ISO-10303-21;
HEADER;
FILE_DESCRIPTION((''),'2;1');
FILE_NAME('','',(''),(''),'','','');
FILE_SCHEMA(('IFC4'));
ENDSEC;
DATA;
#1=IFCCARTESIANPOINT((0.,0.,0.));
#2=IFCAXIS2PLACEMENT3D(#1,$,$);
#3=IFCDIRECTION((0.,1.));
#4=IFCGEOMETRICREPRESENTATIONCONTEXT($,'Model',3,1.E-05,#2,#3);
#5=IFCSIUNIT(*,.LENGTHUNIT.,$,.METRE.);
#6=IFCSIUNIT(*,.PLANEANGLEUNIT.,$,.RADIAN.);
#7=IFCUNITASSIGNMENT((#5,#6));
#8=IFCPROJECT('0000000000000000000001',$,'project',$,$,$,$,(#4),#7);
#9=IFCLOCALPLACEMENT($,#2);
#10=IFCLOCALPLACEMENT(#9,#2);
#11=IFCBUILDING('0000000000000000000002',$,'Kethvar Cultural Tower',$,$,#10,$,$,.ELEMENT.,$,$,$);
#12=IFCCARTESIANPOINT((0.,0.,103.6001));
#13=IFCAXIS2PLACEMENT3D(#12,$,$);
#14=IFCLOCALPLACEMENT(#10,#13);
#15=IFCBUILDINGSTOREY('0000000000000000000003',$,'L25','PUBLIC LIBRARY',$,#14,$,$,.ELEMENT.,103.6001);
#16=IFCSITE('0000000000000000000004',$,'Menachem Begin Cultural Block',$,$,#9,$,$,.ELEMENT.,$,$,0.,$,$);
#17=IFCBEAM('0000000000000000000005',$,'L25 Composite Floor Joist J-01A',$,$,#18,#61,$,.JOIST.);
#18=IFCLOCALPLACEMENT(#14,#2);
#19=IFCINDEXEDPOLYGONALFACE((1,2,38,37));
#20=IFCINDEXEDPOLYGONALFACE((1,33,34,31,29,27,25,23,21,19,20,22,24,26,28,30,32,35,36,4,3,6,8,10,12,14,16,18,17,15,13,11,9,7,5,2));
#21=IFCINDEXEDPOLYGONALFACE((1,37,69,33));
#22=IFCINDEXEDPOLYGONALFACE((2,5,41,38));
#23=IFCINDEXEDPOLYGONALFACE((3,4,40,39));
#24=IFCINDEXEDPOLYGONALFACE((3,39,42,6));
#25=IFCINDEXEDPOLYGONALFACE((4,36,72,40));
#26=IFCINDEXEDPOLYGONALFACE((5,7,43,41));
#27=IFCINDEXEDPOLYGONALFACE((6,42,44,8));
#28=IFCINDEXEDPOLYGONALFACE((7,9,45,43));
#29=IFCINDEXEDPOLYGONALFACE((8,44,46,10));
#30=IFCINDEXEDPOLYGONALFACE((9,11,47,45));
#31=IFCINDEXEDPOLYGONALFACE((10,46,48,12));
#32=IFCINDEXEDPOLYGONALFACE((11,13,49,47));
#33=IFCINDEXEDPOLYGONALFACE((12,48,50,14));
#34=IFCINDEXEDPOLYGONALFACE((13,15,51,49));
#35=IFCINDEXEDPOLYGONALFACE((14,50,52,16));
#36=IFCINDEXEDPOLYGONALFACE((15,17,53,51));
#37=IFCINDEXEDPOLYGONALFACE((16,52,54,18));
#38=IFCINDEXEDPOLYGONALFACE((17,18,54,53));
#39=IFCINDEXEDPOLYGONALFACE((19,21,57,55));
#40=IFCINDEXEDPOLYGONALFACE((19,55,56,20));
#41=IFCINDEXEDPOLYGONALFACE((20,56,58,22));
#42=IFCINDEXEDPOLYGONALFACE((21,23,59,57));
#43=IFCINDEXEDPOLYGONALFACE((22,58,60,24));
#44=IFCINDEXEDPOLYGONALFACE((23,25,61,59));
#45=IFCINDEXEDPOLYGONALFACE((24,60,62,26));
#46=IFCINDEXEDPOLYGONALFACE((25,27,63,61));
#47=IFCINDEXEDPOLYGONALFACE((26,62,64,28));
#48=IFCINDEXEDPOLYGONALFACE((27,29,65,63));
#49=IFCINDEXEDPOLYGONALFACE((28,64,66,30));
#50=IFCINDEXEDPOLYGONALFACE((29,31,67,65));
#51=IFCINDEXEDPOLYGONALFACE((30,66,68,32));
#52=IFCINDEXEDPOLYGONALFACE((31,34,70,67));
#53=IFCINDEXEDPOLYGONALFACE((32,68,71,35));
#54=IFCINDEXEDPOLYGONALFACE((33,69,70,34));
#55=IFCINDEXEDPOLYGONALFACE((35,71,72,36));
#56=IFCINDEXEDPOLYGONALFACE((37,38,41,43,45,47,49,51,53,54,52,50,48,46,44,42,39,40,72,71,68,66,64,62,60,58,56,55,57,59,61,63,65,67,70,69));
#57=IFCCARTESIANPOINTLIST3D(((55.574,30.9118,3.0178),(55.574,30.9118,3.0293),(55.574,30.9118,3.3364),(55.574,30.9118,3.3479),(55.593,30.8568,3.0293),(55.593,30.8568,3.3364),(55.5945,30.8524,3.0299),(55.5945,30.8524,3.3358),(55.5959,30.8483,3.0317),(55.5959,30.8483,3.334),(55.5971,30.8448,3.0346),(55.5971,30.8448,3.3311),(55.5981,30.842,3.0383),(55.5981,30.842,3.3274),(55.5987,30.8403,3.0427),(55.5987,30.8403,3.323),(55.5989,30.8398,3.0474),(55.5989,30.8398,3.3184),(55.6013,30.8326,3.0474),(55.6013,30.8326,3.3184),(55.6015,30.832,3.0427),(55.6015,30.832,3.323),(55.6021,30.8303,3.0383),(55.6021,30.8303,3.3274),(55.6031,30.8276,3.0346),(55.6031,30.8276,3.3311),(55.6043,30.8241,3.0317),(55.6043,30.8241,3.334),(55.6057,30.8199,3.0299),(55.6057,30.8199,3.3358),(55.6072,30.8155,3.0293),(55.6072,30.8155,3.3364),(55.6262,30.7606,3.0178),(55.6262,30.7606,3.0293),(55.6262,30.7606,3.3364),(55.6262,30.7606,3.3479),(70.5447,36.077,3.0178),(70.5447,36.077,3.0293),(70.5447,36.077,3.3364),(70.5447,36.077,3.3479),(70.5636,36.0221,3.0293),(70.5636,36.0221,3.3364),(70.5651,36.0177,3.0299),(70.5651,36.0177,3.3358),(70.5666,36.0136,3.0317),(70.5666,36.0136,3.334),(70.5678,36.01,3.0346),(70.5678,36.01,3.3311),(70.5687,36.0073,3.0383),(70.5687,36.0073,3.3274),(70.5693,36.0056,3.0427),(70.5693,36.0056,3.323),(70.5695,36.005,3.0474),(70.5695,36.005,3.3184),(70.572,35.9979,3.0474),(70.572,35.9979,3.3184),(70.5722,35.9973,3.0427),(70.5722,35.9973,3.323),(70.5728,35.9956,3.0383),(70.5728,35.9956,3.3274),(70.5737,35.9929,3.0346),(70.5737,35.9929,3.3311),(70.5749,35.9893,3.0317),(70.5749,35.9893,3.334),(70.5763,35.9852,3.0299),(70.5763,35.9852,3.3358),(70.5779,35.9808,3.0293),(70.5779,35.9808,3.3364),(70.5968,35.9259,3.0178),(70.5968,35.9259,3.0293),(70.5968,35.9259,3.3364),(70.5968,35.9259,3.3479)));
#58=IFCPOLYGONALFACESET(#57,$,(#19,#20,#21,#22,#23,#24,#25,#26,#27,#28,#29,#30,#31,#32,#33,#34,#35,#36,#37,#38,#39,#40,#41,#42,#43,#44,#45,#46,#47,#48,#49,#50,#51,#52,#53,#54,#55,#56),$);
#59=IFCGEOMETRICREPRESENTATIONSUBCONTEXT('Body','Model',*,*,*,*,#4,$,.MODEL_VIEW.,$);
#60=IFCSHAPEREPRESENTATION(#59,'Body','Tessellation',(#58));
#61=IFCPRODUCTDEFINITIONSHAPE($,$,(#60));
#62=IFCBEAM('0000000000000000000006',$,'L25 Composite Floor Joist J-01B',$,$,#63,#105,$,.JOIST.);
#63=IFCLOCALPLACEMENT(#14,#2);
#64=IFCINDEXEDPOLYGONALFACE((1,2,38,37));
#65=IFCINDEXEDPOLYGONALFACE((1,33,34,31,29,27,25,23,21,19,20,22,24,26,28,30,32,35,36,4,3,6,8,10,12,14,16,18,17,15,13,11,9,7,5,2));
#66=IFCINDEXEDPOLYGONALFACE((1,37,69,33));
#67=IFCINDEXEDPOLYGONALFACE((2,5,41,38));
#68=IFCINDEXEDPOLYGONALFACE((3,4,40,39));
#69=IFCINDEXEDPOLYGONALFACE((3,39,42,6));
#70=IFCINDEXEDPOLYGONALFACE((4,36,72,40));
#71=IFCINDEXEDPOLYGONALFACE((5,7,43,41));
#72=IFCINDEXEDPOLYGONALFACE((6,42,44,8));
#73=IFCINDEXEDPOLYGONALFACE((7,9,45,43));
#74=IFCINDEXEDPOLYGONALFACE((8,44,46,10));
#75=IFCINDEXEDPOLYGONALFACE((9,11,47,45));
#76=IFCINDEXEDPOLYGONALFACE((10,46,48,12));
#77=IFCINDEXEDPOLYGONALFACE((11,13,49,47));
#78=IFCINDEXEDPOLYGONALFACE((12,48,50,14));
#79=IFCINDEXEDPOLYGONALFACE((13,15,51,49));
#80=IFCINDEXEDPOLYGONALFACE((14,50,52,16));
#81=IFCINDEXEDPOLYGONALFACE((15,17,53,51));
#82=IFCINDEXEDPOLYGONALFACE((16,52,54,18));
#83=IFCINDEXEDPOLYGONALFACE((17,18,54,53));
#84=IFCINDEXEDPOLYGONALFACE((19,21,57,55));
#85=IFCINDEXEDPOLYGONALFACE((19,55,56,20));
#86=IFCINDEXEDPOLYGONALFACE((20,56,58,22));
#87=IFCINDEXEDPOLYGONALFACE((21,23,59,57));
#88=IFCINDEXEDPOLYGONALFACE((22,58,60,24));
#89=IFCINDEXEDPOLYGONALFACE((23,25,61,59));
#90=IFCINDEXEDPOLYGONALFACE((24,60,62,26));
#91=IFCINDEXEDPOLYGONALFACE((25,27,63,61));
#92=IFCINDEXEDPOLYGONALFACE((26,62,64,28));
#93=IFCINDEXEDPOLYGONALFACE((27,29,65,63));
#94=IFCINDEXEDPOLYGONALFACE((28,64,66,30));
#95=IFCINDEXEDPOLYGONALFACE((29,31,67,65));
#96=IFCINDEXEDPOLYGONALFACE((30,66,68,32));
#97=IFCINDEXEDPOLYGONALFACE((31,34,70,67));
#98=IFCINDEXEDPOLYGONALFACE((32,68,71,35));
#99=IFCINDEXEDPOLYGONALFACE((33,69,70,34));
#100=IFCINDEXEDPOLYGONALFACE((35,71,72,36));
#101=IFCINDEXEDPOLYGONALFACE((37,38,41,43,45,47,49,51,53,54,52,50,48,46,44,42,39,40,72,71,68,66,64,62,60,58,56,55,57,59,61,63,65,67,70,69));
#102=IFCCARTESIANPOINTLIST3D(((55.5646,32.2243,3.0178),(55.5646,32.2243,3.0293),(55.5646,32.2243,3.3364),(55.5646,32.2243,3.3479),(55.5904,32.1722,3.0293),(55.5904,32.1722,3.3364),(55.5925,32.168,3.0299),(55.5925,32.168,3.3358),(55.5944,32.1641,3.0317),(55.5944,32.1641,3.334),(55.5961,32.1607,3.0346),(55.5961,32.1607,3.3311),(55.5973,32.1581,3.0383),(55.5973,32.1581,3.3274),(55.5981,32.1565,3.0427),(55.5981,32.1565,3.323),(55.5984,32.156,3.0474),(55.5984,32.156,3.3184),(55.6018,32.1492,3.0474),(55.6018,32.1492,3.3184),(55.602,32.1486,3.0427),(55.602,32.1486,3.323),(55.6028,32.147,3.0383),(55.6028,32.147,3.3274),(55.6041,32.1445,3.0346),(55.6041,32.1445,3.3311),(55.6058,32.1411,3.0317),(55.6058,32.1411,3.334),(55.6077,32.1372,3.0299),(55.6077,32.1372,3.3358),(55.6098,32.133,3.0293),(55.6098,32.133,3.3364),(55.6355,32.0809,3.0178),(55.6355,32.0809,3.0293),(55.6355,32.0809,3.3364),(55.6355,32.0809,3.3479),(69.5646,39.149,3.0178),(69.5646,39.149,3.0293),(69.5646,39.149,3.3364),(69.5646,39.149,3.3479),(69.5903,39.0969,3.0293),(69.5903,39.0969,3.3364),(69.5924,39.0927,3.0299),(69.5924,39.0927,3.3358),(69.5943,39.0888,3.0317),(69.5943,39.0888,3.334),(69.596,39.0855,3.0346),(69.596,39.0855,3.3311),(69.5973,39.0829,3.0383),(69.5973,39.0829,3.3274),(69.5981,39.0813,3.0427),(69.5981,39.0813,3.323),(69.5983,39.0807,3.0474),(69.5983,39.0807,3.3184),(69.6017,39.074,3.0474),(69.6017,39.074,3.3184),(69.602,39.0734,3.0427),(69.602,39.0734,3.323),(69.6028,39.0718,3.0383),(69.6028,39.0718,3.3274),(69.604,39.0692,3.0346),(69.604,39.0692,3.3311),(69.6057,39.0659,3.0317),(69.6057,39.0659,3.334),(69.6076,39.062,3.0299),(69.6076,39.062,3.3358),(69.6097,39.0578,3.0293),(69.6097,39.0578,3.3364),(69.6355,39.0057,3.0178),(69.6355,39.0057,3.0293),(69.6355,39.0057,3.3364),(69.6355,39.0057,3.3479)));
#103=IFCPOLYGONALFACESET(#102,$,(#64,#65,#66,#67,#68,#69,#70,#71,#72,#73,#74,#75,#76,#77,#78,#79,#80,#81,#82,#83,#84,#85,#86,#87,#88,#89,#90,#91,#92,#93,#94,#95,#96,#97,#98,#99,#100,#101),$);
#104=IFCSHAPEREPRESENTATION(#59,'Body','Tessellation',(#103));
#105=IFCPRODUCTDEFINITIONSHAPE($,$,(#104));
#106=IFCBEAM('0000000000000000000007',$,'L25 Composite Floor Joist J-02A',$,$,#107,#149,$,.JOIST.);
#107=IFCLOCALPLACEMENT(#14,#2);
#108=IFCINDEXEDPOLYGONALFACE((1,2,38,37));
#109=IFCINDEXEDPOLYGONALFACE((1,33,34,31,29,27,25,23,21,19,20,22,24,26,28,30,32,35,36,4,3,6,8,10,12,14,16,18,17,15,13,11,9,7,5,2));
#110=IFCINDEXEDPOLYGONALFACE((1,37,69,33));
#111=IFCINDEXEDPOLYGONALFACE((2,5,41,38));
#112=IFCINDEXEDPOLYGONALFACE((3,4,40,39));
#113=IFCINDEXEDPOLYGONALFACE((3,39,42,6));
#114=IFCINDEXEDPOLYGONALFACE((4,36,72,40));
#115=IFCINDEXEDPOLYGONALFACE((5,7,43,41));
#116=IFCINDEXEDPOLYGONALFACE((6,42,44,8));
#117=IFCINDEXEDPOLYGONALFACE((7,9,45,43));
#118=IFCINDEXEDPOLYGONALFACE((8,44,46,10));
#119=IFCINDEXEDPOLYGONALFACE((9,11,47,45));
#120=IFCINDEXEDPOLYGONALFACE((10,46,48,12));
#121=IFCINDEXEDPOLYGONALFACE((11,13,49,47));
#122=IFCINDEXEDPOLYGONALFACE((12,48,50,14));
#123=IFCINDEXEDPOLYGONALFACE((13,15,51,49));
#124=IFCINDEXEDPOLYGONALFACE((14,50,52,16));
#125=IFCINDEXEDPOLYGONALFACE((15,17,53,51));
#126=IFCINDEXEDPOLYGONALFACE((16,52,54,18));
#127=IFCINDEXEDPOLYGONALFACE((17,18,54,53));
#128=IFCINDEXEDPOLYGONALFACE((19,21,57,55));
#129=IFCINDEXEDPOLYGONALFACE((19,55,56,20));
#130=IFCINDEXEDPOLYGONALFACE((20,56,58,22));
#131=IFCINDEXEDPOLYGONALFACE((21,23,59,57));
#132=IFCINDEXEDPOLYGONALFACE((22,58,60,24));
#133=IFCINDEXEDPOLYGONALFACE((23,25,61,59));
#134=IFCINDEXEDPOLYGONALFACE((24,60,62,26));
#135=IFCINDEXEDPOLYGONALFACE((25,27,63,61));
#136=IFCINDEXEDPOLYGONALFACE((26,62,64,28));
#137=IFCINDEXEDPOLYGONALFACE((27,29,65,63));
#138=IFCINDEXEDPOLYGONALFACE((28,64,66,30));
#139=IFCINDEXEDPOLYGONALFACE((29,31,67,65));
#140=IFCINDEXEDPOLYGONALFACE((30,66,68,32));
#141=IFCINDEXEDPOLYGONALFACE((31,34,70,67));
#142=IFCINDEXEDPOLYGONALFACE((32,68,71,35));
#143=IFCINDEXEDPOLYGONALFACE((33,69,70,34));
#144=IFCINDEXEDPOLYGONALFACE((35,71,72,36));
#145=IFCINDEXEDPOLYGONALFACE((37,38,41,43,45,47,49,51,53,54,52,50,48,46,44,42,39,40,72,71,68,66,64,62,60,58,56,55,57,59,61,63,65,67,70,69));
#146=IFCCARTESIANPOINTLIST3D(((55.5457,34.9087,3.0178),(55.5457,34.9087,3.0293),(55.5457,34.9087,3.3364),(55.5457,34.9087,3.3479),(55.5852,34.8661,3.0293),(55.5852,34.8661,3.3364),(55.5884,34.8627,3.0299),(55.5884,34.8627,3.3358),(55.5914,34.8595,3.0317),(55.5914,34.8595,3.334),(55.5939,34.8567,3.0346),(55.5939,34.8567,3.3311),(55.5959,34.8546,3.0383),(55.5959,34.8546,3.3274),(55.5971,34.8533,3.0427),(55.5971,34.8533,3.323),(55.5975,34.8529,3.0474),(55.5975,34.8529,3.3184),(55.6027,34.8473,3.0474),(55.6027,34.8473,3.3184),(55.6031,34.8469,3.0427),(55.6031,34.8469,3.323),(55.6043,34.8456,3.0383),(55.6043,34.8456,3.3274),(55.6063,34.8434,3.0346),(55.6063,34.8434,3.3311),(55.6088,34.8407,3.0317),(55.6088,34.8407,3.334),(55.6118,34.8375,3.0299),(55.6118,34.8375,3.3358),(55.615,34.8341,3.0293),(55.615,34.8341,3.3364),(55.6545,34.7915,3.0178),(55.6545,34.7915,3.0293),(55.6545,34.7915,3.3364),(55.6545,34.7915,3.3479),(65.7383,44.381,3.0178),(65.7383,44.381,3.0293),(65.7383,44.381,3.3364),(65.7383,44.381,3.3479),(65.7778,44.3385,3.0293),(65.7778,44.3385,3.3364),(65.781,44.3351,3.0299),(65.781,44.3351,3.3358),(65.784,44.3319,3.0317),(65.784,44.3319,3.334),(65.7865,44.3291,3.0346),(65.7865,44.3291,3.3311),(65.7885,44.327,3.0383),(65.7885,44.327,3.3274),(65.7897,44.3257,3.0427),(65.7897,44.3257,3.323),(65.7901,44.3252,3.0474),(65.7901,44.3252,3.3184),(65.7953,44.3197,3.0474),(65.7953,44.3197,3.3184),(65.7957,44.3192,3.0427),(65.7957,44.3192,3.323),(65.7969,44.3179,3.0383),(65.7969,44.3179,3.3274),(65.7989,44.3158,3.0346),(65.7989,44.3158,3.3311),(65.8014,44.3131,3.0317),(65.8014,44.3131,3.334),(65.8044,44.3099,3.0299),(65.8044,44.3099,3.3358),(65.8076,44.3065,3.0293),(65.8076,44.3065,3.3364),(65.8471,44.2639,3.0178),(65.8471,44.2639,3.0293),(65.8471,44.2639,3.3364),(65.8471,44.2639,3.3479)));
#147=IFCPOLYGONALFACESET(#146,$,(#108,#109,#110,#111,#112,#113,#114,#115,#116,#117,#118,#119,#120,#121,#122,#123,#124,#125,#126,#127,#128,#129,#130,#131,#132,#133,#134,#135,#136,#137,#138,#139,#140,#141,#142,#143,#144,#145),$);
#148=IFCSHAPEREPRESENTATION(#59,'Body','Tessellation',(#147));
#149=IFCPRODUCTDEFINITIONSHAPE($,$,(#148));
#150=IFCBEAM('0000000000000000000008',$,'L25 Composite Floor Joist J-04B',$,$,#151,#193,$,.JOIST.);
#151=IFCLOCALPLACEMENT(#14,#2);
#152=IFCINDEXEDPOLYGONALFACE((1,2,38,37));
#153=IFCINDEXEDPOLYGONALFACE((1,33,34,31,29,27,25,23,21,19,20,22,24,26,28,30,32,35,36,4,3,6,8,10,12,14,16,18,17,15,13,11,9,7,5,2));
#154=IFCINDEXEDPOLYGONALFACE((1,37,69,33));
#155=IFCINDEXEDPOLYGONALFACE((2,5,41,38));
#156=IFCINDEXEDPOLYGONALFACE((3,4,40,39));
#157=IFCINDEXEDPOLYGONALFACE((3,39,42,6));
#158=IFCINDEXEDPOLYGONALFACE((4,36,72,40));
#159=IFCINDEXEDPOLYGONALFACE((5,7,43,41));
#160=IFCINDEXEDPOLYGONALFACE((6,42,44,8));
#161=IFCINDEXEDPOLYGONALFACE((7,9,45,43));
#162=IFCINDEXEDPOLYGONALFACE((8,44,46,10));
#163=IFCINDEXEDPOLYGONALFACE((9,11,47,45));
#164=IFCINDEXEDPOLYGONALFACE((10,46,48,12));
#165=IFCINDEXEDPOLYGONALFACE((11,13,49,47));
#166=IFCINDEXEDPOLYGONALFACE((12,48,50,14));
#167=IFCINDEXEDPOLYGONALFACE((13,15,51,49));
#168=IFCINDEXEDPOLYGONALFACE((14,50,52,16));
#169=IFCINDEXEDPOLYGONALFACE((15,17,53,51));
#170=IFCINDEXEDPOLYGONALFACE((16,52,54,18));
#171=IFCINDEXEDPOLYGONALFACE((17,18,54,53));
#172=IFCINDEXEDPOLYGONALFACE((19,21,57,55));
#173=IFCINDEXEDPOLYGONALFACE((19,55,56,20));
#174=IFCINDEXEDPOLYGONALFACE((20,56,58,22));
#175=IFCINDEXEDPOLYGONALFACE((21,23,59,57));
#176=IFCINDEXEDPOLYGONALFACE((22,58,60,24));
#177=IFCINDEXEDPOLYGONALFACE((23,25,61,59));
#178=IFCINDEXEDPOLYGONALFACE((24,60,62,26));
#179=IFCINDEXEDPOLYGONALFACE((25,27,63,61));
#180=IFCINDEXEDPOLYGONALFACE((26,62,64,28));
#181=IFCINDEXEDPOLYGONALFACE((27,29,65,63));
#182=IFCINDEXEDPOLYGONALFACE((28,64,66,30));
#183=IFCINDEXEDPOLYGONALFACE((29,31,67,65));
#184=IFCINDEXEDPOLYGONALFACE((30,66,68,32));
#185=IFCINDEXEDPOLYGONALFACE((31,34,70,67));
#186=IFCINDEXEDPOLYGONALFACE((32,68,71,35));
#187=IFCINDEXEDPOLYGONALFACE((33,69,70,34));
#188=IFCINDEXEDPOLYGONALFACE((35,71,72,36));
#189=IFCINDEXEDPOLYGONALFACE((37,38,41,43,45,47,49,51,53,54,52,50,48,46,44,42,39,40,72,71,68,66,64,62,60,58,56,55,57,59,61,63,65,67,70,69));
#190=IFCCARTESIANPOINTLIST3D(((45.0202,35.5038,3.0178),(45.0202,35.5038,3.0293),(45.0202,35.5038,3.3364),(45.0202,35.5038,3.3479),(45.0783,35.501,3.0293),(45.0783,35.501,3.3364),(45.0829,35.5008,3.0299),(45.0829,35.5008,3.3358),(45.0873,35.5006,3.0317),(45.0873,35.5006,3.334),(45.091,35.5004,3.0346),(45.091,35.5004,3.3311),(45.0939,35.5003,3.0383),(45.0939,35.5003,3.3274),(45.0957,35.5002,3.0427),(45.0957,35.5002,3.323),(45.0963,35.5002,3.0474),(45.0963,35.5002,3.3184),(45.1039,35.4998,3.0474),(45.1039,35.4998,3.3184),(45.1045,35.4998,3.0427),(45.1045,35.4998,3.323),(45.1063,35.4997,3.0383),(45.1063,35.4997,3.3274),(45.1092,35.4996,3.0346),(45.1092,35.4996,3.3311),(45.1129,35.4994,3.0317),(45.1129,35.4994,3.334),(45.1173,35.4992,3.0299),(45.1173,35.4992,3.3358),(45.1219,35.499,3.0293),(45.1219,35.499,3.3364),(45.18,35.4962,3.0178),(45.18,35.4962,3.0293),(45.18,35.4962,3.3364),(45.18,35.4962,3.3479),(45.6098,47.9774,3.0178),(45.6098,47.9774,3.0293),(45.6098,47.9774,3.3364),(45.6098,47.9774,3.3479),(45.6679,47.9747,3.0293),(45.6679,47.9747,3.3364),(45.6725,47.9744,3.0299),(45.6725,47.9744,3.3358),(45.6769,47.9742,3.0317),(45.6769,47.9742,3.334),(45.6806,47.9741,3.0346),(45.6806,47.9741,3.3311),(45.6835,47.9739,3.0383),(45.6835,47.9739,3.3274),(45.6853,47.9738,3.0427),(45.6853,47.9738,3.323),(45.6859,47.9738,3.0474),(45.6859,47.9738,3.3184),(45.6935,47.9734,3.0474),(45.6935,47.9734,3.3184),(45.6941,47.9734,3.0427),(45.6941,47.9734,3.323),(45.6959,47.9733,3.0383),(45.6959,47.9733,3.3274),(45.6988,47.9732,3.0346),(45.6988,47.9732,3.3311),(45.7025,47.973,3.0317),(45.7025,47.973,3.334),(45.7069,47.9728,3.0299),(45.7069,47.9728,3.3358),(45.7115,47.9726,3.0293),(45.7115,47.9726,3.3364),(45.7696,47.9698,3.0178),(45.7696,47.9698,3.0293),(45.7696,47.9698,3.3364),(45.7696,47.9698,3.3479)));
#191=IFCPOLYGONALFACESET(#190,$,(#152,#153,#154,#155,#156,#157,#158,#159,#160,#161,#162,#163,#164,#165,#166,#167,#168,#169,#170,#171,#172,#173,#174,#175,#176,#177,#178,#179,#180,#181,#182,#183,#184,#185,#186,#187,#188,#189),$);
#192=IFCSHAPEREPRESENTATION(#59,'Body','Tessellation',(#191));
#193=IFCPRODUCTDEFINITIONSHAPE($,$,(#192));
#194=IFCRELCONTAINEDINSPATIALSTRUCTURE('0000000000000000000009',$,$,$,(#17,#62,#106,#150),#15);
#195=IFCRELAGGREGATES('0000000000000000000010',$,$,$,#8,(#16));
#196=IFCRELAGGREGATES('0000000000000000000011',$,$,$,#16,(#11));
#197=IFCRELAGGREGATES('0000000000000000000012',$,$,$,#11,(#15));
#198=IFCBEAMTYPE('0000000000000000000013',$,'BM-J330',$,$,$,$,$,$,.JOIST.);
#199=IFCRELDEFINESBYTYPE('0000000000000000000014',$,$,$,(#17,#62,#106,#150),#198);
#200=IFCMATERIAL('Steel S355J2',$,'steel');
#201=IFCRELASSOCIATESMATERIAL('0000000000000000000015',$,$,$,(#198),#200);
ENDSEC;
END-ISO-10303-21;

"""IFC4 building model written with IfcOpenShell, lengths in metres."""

from ifc_helpers import new_model, si_unit, direction, frame, origin, origin_2d, place, context, subcontext, project, spatial, i_section, extrude, source, transform, mapped, material, material_profile, profile_set, type_object, element, save


model = new_model("IFC4")

# Units and contexts
model_context = context("Model", 3, precision=1e-05, world=origin(), true_north=direction((0.0, 1.0)))
body_context = subcontext(model_context, "Body", "Model", "MODEL_VIEW")
ifc_project = project(units=[si_unit("LENGTHUNIT", "METRE"), si_unit("PLANEANGLEUNIT", "RADIAN")], contexts=[model_context])

# Site, building, storey
site_placement = place(None, origin())
site = spatial("IfcSite", under=ifc_project, at=site_placement, Name="Menachem Begin Cultural Block", CompositionType="ELEMENT", RefElevation=0.0)
building_placement = place(site_placement, origin())
building = spatial("IfcBuilding", under=site, at=building_placement, Name="Kethvar Cultural Tower", CompositionType="ELEMENT")
storey_placement = place(building_placement, frame((0.0, 0.0, 103.6001)))
storey = spatial("IfcBuildingStorey", under=building, at=storey_placement, Name="L25", Description="PUBLIC LIBRARY", CompositionType="ELEMENT", Elevation=103.6001)

# Beams
ifc_material_1 = material(Name="Steel S355J2", Category="steel")
ifc_material_profile_1 = material_profile(ifc_material_1, i_section(OverallWidth=0.1599, OverallDepth=0.3301, WebThickness=0.0076, FlangeThickness=0.0115, FilletRadius=0.0181, at=origin_2d()), Name="Steel S355J2 — IPE330")
ifc_profile_set_1 = profile_set([ifc_material_profile_1], Name="Steel S355J2 — IPE330")
beam_type_1 = type_object("IfcBeamType", Name="BM-J330", PredefinedType="JOIST", material=ifc_profile_set_1)
shared_shape_1 = source(origin(), body_context, "Body", "SweptSolid", [
    extrude(i_section(OverallWidth=0.1599, OverallDepth=0.3301, WebThickness=0.0076, FlangeThickness=0.0115, FilletRadius=0.0181, at=origin_2d()), origin(), (0.0, 0.0, 1.0), 15.8367),
])
beam_1_placement = place(storey_placement, frame((55.6001, 30.8362, 3.1829), z_axis=(0.945315, 0.326158, 0.0), x_axis=(-0.326158, 0.945315, 0.0)))
element("IfcBeam", 1, at=beam_1_placement, inside=storey, type_object=beam_type_1, Name="L25 Composite Floor Joist J-01A", PredefinedType="JOIST", context=body_context, shape_type="MappedRepresentation", body=[
    mapped(shared_shape_1, transform((0.0, 0.0, 0.0), scale=1.0)),
])
shared_shape_2 = source(origin(), body_context, "Body", "SweptSolid", [
    extrude(i_section(OverallWidth=0.1599, OverallDepth=0.3301, WebThickness=0.0076, FlangeThickness=0.0115, FilletRadius=0.0181, at=origin_2d()), origin(), (0.0, 0.0, 1.0), 15.6189),
])
beam_2_placement = place(storey_placement, frame((55.6001, 32.1526, 3.1829), z_axis=(0.896345, 0.443358, 0.0), x_axis=(-0.443358, 0.896345, 0.0)))
element("IfcBeam", 2, at=beam_2_placement, inside=storey, type_object=beam_type_1, Name="L25 Composite Floor Joist J-01B", PredefinedType="JOIST", context=body_context, shape_type="MappedRepresentation", body=[
    mapped(shared_shape_2, transform((0.0, 0.0, 0.0), scale=1.0)),
])
shared_shape_3 = source(origin(), body_context, "Body", "SweptSolid", [
    extrude(i_section(OverallWidth=0.1599, OverallDepth=0.3301, WebThickness=0.0076, FlangeThickness=0.0115, FilletRadius=0.0181, at=origin_2d()), origin(), (0.0, 0.0, 1.0), 13.9146),
])
beam_3_placement = place(storey_placement, frame((55.6001, 34.8501, 3.1829), z_axis=(0.732513, 0.680753, 0.0), x_axis=(-0.680753, 0.732513, 0.0)))
element("IfcBeam", 3, at=beam_3_placement, inside=storey, type_object=beam_type_1, Name="L25 Composite Floor Joist J-02A", PredefinedType="JOIST", context=body_context, shape_type="MappedRepresentation", body=[
    mapped(shared_shape_3, transform((0.0, 0.0, 0.0), scale=1.0)),
])
shared_shape_4 = source(origin(), body_context, "Body", "SweptSolid", [
    extrude(i_section(OverallWidth=0.1599, OverallDepth=0.3301, WebThickness=0.0076, FlangeThickness=0.0115, FilletRadius=0.0181, at=origin_2d()), origin(), (0.0, 0.0, 1.0), 12.4875),
])
beam_4_placement = place(storey_placement, frame((45.1001, 35.5, 3.1829), z_axis=(0.047215, 0.998885, 0.0), x_axis=(-0.998885, 0.047215, 0.0)))
element("IfcBeam", 4, at=beam_4_placement, inside=storey, type_object=beam_type_1, Name="L25 Composite Floor Joist J-04B", PredefinedType="JOIST", context=body_context, shape_type="MappedRepresentation", body=[
    mapped(shared_shape_4, transform((0.0, 0.0, 0.0), scale=1.0)),
])

save(model, "model.ifc")
